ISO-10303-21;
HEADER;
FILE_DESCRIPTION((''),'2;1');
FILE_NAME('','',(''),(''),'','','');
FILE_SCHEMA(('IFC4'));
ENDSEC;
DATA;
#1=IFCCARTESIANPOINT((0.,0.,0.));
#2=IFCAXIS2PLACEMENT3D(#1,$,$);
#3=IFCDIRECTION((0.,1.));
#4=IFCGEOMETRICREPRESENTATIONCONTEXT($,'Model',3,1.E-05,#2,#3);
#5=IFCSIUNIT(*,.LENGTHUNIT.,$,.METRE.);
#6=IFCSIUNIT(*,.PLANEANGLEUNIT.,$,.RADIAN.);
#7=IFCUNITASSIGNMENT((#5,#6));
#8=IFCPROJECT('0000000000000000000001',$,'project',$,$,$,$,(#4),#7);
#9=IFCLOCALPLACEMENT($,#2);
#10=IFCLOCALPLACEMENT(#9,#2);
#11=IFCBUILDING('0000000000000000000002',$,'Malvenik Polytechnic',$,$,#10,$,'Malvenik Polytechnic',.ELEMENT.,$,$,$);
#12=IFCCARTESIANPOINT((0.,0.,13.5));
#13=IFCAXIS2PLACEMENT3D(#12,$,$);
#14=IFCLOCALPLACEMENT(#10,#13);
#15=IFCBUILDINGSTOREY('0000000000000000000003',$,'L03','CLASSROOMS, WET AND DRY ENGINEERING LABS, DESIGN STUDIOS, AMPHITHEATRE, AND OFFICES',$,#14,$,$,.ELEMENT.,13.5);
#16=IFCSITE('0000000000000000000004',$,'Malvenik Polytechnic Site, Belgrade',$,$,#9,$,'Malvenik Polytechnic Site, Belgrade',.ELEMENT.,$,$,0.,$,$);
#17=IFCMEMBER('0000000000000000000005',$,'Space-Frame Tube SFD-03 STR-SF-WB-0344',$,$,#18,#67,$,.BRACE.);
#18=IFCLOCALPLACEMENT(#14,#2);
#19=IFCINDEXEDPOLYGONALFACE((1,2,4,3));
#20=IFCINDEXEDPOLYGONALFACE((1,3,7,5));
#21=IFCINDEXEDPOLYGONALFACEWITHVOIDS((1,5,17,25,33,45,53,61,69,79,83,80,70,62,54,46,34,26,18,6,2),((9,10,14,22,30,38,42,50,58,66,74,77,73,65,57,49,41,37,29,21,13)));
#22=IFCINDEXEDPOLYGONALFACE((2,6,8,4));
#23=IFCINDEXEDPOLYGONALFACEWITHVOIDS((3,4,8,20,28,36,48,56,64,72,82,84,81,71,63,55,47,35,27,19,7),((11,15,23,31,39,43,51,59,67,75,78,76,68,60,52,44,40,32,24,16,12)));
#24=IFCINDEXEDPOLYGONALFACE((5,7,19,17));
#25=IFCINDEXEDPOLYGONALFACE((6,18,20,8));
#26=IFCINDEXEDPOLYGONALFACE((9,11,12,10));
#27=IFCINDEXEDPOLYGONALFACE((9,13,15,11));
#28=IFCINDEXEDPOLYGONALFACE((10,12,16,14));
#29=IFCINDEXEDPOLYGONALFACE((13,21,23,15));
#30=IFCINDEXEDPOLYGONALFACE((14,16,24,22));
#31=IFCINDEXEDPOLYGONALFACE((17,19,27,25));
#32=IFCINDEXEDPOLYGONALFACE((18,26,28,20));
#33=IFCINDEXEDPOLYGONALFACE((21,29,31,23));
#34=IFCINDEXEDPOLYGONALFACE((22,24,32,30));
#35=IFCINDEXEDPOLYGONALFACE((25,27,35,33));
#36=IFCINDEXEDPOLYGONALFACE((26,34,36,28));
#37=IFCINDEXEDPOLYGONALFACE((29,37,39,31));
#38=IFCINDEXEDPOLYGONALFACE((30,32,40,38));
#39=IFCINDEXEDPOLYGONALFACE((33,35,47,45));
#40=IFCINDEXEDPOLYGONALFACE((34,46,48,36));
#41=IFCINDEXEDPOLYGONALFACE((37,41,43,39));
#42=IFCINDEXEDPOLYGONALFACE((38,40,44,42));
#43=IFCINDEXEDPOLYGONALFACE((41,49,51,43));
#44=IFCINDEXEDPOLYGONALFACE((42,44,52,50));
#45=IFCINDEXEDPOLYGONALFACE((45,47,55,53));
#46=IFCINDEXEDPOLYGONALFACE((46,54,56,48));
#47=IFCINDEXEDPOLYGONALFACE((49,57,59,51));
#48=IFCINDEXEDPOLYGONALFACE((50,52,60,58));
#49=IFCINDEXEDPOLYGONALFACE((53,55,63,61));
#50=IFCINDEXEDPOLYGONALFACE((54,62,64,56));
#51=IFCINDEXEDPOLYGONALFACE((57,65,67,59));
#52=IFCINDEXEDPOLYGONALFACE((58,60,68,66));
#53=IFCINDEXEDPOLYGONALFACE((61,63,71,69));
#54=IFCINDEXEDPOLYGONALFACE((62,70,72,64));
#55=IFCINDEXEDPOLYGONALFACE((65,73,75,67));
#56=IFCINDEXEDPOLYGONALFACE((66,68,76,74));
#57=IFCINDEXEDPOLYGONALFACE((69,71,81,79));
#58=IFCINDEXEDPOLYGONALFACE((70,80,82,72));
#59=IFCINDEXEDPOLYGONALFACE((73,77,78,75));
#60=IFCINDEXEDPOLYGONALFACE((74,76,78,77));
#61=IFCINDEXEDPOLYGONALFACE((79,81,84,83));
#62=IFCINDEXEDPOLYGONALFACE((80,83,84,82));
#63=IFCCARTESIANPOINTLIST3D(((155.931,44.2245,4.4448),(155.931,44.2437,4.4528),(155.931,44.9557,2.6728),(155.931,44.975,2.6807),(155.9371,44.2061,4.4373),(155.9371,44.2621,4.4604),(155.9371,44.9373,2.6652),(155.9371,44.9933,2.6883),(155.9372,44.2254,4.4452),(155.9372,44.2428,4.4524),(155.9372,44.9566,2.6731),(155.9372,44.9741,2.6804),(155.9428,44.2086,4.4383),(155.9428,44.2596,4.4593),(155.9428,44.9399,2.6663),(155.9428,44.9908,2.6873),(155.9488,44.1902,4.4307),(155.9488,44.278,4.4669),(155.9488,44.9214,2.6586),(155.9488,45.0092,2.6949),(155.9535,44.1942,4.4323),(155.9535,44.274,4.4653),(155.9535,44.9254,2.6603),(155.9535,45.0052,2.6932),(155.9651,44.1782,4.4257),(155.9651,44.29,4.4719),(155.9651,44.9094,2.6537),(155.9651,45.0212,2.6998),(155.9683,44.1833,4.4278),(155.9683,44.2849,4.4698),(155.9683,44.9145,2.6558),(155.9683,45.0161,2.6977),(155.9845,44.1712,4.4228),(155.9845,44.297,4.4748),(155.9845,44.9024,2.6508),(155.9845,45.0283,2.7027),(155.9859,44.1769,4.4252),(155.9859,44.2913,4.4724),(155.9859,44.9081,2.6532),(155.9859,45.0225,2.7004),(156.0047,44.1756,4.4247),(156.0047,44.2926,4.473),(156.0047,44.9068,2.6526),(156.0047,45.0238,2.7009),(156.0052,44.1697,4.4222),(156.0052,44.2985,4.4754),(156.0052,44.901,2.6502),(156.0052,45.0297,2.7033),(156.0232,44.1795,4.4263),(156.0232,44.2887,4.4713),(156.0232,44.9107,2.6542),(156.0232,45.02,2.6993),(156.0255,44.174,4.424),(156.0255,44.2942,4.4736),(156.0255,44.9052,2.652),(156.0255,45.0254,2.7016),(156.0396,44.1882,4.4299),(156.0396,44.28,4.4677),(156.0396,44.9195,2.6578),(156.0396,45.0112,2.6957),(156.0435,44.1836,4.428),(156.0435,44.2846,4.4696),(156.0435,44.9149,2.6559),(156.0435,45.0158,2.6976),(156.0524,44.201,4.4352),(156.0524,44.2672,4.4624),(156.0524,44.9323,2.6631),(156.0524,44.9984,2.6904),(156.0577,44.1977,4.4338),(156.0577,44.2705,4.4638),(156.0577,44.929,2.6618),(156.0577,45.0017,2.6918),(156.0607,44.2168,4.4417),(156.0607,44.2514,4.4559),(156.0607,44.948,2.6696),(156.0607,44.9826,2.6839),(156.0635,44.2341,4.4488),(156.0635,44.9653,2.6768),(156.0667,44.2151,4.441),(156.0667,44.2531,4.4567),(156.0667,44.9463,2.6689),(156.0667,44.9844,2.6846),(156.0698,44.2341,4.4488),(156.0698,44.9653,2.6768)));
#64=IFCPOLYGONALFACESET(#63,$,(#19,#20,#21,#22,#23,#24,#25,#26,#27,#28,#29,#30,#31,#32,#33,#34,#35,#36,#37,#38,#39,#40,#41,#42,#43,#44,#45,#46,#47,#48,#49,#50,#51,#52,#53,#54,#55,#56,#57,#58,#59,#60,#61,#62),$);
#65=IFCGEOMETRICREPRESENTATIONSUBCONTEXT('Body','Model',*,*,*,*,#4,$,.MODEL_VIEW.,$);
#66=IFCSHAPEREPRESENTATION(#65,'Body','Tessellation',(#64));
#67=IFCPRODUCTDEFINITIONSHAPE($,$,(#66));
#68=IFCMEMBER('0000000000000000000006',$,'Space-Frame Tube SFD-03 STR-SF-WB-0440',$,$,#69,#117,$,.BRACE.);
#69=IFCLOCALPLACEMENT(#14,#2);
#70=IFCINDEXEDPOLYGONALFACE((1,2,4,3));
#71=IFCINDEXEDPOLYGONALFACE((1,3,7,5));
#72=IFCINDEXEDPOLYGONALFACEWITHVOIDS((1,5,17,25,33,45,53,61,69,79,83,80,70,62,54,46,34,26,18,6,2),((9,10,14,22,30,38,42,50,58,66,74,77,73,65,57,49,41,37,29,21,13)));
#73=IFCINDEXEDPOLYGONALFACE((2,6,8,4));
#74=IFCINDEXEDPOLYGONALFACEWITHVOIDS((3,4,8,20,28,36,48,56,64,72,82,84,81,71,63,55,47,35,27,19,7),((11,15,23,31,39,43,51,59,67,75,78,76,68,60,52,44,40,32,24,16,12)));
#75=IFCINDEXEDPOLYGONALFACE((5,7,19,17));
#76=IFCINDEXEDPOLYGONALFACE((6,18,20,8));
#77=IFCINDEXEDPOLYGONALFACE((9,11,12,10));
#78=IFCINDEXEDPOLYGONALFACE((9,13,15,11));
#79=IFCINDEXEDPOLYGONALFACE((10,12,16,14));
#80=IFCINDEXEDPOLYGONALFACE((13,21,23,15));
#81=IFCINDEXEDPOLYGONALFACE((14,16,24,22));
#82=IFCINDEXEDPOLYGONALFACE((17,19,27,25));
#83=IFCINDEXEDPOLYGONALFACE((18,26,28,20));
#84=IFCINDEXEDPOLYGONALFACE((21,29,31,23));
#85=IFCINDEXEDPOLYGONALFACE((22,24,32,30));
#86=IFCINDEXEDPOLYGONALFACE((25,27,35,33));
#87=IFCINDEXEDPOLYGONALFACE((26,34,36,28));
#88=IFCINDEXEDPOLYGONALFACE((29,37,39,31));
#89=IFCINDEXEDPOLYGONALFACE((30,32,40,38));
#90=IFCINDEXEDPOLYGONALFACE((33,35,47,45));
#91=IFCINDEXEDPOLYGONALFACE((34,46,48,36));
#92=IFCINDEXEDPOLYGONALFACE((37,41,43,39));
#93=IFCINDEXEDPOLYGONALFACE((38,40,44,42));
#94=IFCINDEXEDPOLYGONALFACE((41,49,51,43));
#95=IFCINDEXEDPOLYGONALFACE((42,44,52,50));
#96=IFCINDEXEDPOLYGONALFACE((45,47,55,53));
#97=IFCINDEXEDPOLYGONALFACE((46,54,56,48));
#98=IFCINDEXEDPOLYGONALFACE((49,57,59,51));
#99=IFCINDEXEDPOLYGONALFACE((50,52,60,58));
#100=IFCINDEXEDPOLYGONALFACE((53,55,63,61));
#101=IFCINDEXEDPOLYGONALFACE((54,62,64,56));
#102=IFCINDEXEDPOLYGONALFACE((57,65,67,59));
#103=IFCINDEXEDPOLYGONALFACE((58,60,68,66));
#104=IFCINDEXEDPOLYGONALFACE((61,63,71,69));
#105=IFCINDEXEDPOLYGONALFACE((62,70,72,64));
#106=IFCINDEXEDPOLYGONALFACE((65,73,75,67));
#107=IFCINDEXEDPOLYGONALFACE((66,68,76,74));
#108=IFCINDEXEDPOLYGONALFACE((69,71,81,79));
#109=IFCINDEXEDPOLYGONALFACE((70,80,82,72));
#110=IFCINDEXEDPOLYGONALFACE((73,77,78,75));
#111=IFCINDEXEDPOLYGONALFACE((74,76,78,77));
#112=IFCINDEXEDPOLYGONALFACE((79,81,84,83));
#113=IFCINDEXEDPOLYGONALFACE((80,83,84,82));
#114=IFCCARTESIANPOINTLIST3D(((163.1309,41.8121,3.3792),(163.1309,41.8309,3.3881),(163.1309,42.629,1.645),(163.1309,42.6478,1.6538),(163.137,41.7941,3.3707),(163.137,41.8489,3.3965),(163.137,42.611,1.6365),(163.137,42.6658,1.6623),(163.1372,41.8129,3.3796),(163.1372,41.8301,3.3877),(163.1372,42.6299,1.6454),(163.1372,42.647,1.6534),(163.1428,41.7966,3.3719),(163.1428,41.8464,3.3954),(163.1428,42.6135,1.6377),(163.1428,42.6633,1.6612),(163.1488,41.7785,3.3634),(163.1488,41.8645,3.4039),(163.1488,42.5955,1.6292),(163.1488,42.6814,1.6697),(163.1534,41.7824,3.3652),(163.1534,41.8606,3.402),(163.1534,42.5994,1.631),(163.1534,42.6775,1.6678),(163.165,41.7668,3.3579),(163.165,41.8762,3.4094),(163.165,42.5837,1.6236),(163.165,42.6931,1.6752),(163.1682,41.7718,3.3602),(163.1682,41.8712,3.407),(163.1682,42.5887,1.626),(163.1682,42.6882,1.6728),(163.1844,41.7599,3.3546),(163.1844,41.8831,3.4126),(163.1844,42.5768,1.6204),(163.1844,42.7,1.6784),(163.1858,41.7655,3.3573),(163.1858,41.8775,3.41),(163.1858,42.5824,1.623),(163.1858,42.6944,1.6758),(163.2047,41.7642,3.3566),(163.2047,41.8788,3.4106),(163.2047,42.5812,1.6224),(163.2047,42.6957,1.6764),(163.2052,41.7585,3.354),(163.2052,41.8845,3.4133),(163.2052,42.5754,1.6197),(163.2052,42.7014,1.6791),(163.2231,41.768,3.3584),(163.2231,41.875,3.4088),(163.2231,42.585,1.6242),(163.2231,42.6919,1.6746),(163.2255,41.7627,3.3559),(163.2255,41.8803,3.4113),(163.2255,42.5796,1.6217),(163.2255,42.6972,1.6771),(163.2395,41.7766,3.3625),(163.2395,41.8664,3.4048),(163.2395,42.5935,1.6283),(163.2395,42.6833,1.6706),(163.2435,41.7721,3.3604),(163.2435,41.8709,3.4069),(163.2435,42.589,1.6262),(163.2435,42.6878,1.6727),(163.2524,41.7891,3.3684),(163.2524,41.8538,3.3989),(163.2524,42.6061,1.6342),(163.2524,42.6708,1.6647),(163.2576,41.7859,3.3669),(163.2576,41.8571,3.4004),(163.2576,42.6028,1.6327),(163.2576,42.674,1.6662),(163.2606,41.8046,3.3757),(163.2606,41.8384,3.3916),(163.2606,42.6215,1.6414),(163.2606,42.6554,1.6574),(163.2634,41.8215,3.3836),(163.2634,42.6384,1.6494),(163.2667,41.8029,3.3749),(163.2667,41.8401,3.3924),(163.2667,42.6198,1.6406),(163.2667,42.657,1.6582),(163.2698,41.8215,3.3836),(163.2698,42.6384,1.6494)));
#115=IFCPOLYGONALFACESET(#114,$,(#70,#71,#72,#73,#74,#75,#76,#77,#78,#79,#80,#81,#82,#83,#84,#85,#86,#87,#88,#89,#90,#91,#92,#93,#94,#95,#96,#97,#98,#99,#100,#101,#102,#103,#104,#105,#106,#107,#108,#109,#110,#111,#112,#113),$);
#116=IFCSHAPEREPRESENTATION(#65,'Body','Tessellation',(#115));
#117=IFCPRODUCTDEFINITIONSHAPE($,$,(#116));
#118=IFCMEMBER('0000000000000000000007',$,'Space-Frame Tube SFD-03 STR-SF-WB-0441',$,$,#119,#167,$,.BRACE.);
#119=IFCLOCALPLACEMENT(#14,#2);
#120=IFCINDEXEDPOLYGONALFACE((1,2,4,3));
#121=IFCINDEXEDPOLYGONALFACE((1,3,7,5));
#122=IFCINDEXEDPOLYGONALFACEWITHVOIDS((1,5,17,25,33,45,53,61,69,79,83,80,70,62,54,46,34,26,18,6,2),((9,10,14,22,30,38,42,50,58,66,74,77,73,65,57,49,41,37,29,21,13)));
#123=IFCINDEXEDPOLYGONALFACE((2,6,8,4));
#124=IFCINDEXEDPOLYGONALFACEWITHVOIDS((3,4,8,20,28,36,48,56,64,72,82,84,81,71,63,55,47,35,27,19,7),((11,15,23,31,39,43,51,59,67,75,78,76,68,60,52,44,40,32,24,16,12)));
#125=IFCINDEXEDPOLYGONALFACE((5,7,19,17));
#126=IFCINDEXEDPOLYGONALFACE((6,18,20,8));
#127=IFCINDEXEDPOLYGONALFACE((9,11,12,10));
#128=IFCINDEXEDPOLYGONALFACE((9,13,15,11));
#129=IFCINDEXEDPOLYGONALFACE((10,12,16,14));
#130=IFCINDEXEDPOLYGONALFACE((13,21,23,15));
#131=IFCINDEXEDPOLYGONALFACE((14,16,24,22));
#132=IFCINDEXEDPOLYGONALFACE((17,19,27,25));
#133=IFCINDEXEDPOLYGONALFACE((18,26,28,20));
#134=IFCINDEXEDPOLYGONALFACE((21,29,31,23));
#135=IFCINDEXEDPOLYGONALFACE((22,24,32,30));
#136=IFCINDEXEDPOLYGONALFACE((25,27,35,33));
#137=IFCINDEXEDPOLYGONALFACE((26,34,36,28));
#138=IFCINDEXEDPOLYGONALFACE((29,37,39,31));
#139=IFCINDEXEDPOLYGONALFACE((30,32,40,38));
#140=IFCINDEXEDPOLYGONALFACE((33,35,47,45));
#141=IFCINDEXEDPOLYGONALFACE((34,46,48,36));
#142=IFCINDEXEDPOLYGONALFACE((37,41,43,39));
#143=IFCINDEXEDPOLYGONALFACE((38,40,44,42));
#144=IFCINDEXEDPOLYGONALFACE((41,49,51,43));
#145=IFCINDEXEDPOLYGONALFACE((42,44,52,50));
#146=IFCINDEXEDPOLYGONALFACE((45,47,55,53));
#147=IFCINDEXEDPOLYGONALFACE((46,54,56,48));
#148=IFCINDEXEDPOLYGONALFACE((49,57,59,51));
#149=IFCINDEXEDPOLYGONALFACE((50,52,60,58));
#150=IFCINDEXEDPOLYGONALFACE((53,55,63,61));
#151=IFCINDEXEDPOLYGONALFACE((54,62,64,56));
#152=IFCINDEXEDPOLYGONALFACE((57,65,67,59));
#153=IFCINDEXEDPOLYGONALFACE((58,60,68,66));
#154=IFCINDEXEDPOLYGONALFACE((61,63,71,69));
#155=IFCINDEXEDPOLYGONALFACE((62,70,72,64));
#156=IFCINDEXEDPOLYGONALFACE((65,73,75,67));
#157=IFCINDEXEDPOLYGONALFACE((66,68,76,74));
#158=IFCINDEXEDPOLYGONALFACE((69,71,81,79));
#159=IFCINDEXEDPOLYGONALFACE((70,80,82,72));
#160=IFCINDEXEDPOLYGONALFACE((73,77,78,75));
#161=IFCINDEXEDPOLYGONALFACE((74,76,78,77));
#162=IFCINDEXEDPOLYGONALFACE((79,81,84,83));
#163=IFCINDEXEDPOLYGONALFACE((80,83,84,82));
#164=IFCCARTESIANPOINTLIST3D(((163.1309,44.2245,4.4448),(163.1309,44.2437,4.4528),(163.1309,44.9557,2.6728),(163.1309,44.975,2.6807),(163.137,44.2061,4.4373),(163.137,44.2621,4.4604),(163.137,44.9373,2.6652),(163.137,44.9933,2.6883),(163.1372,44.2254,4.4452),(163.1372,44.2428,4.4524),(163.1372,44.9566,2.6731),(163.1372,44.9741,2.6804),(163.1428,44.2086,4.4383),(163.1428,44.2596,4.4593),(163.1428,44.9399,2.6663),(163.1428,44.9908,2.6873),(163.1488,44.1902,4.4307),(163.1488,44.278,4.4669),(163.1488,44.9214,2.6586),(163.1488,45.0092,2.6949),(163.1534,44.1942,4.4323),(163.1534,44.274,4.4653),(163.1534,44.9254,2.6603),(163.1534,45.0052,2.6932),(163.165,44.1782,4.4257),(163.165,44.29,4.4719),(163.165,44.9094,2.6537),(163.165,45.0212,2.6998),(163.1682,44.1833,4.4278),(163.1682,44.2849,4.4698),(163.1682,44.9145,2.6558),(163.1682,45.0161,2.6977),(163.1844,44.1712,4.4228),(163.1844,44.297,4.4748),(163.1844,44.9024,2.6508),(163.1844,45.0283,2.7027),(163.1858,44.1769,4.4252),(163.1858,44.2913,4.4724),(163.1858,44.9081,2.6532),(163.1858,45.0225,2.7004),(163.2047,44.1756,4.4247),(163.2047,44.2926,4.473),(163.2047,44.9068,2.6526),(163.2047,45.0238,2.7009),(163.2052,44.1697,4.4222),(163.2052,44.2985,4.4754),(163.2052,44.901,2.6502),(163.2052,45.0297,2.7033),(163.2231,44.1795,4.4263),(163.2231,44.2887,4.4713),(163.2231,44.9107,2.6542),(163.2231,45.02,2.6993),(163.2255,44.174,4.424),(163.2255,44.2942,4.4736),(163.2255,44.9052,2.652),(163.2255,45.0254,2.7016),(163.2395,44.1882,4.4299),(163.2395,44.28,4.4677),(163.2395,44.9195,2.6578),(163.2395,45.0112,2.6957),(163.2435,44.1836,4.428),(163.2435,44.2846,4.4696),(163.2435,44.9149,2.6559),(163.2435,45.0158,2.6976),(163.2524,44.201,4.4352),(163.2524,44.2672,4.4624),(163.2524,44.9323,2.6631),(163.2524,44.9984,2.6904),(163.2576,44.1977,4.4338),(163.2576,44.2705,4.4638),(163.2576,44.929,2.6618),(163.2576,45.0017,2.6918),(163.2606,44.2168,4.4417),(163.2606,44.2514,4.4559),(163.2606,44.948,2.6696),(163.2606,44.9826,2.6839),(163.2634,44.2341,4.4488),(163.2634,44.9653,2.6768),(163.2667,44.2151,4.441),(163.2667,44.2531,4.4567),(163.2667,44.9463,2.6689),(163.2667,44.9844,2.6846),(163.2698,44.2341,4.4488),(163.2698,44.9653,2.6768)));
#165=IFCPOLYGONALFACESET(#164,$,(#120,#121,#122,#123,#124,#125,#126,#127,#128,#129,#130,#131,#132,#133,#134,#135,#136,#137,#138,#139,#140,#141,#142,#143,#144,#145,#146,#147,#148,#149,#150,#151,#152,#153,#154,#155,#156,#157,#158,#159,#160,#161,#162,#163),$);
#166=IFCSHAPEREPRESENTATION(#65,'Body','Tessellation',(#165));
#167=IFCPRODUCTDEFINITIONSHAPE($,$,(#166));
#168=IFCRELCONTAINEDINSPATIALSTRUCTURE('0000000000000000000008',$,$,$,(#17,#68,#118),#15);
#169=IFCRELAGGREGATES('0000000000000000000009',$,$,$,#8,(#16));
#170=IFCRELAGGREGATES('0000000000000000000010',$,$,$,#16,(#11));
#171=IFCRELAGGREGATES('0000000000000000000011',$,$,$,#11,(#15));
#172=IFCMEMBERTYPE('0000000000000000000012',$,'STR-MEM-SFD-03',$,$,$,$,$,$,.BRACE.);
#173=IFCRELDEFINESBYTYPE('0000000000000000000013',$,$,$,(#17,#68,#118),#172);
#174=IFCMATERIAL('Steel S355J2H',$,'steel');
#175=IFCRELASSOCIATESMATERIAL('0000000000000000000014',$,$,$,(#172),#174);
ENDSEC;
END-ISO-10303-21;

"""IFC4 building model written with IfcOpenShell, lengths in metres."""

from ifc_helpers import new_model, si_unit, direction, frame, origin, origin_2d, place, context, subcontext, project, spatial, hollow_circle, extrude, material, material_profile, profile_set, type_object, element, save


model = new_model("IFC4")

# Units and contexts
model_context = context("Model", 3, precision=1e-05, world=origin(), true_north=direction((0.0, 1.0)))
body_context = subcontext(model_context, "Body", "Model", "MODEL_VIEW")
ifc_project = project(units=[si_unit("LENGTHUNIT", "METRE"), si_unit("PLANEANGLEUNIT", "RADIAN")], contexts=[model_context])

# Site, building, storey
site_placement = place(None, origin())
site = spatial("IfcSite", under=ifc_project, at=site_placement, Name="Malvenik Polytechnic Site, Belgrade", LongName="Malvenik Polytechnic Site, Belgrade", CompositionType="ELEMENT", RefElevation=0.0)
building_placement = place(site_placement, origin())
building = spatial("IfcBuilding", under=site, at=building_placement, Name="Malvenik Polytechnic", LongName="Malvenik Polytechnic", CompositionType="ELEMENT")
storey_placement = place(building_placement, frame((0.0, 0.0, 13.5)))
storey = spatial("IfcBuildingStorey", under=building, at=storey_placement, Name="L03", Description="CLASSROOMS, WET AND DRY ENGINEERING LABS, DESIGN STUDIOS, AMPHITHEATRE, AND OFFICES", CompositionType="ELEMENT", Elevation=13.5)

# Members
ifc_material = material(Name="Steel S355J2H", Category="steel")
ifc_material_profile_1 = material_profile(ifc_material, hollow_circle(Radius=0.0698, WallThickness=0.0063, at=origin_2d()), Name="CHS 139.7x6.3")
ifc_profile_set_1 = profile_set([ifc_material_profile_1], Name="Steel S355J2H")
member_type_1 = type_object("IfcMemberType", Name="STR-MEM-SFD-03", PredefinedType="BRACE", material=ifc_profile_set_1)
for number, where, z_axis, x_axis, name in (
    (1, (156.0, 44.9653, 2.6768), (0.0, -0.381448, 0.92439), (1.0, 0.0, 0.0), "Space-Frame Tube SFD-03 STR-SF-WB-0344"),
    (2, (163.2, 42.6384, 1.6494), (0.0, -0.426153, 0.904651), (1.0, 0.0, 0.0), "Space-Frame Tube SFD-03 STR-SF-WB-0440"),
    (3, (163.2, 44.9653, 2.6768), (0.0, -0.381448, 0.92439), (1.0, 0.0, 0.0), "Space-Frame Tube SFD-03 STR-SF-WB-0441"),
):
    element("IfcMember", number, at=place(storey_placement, frame(where, z_axis=z_axis, x_axis=x_axis)), inside=storey, type_object=member_type_1, Name=name, PredefinedType="BRACE", context=body_context, shape_type="SweptSolid", body=[
        extrude(hollow_circle(Radius=0.0698, WallThickness=0.0063, at=origin_2d()), origin(), (0.0, 0.0, 1.0), 1.917),
    ])

save(model, "model.ifc")
